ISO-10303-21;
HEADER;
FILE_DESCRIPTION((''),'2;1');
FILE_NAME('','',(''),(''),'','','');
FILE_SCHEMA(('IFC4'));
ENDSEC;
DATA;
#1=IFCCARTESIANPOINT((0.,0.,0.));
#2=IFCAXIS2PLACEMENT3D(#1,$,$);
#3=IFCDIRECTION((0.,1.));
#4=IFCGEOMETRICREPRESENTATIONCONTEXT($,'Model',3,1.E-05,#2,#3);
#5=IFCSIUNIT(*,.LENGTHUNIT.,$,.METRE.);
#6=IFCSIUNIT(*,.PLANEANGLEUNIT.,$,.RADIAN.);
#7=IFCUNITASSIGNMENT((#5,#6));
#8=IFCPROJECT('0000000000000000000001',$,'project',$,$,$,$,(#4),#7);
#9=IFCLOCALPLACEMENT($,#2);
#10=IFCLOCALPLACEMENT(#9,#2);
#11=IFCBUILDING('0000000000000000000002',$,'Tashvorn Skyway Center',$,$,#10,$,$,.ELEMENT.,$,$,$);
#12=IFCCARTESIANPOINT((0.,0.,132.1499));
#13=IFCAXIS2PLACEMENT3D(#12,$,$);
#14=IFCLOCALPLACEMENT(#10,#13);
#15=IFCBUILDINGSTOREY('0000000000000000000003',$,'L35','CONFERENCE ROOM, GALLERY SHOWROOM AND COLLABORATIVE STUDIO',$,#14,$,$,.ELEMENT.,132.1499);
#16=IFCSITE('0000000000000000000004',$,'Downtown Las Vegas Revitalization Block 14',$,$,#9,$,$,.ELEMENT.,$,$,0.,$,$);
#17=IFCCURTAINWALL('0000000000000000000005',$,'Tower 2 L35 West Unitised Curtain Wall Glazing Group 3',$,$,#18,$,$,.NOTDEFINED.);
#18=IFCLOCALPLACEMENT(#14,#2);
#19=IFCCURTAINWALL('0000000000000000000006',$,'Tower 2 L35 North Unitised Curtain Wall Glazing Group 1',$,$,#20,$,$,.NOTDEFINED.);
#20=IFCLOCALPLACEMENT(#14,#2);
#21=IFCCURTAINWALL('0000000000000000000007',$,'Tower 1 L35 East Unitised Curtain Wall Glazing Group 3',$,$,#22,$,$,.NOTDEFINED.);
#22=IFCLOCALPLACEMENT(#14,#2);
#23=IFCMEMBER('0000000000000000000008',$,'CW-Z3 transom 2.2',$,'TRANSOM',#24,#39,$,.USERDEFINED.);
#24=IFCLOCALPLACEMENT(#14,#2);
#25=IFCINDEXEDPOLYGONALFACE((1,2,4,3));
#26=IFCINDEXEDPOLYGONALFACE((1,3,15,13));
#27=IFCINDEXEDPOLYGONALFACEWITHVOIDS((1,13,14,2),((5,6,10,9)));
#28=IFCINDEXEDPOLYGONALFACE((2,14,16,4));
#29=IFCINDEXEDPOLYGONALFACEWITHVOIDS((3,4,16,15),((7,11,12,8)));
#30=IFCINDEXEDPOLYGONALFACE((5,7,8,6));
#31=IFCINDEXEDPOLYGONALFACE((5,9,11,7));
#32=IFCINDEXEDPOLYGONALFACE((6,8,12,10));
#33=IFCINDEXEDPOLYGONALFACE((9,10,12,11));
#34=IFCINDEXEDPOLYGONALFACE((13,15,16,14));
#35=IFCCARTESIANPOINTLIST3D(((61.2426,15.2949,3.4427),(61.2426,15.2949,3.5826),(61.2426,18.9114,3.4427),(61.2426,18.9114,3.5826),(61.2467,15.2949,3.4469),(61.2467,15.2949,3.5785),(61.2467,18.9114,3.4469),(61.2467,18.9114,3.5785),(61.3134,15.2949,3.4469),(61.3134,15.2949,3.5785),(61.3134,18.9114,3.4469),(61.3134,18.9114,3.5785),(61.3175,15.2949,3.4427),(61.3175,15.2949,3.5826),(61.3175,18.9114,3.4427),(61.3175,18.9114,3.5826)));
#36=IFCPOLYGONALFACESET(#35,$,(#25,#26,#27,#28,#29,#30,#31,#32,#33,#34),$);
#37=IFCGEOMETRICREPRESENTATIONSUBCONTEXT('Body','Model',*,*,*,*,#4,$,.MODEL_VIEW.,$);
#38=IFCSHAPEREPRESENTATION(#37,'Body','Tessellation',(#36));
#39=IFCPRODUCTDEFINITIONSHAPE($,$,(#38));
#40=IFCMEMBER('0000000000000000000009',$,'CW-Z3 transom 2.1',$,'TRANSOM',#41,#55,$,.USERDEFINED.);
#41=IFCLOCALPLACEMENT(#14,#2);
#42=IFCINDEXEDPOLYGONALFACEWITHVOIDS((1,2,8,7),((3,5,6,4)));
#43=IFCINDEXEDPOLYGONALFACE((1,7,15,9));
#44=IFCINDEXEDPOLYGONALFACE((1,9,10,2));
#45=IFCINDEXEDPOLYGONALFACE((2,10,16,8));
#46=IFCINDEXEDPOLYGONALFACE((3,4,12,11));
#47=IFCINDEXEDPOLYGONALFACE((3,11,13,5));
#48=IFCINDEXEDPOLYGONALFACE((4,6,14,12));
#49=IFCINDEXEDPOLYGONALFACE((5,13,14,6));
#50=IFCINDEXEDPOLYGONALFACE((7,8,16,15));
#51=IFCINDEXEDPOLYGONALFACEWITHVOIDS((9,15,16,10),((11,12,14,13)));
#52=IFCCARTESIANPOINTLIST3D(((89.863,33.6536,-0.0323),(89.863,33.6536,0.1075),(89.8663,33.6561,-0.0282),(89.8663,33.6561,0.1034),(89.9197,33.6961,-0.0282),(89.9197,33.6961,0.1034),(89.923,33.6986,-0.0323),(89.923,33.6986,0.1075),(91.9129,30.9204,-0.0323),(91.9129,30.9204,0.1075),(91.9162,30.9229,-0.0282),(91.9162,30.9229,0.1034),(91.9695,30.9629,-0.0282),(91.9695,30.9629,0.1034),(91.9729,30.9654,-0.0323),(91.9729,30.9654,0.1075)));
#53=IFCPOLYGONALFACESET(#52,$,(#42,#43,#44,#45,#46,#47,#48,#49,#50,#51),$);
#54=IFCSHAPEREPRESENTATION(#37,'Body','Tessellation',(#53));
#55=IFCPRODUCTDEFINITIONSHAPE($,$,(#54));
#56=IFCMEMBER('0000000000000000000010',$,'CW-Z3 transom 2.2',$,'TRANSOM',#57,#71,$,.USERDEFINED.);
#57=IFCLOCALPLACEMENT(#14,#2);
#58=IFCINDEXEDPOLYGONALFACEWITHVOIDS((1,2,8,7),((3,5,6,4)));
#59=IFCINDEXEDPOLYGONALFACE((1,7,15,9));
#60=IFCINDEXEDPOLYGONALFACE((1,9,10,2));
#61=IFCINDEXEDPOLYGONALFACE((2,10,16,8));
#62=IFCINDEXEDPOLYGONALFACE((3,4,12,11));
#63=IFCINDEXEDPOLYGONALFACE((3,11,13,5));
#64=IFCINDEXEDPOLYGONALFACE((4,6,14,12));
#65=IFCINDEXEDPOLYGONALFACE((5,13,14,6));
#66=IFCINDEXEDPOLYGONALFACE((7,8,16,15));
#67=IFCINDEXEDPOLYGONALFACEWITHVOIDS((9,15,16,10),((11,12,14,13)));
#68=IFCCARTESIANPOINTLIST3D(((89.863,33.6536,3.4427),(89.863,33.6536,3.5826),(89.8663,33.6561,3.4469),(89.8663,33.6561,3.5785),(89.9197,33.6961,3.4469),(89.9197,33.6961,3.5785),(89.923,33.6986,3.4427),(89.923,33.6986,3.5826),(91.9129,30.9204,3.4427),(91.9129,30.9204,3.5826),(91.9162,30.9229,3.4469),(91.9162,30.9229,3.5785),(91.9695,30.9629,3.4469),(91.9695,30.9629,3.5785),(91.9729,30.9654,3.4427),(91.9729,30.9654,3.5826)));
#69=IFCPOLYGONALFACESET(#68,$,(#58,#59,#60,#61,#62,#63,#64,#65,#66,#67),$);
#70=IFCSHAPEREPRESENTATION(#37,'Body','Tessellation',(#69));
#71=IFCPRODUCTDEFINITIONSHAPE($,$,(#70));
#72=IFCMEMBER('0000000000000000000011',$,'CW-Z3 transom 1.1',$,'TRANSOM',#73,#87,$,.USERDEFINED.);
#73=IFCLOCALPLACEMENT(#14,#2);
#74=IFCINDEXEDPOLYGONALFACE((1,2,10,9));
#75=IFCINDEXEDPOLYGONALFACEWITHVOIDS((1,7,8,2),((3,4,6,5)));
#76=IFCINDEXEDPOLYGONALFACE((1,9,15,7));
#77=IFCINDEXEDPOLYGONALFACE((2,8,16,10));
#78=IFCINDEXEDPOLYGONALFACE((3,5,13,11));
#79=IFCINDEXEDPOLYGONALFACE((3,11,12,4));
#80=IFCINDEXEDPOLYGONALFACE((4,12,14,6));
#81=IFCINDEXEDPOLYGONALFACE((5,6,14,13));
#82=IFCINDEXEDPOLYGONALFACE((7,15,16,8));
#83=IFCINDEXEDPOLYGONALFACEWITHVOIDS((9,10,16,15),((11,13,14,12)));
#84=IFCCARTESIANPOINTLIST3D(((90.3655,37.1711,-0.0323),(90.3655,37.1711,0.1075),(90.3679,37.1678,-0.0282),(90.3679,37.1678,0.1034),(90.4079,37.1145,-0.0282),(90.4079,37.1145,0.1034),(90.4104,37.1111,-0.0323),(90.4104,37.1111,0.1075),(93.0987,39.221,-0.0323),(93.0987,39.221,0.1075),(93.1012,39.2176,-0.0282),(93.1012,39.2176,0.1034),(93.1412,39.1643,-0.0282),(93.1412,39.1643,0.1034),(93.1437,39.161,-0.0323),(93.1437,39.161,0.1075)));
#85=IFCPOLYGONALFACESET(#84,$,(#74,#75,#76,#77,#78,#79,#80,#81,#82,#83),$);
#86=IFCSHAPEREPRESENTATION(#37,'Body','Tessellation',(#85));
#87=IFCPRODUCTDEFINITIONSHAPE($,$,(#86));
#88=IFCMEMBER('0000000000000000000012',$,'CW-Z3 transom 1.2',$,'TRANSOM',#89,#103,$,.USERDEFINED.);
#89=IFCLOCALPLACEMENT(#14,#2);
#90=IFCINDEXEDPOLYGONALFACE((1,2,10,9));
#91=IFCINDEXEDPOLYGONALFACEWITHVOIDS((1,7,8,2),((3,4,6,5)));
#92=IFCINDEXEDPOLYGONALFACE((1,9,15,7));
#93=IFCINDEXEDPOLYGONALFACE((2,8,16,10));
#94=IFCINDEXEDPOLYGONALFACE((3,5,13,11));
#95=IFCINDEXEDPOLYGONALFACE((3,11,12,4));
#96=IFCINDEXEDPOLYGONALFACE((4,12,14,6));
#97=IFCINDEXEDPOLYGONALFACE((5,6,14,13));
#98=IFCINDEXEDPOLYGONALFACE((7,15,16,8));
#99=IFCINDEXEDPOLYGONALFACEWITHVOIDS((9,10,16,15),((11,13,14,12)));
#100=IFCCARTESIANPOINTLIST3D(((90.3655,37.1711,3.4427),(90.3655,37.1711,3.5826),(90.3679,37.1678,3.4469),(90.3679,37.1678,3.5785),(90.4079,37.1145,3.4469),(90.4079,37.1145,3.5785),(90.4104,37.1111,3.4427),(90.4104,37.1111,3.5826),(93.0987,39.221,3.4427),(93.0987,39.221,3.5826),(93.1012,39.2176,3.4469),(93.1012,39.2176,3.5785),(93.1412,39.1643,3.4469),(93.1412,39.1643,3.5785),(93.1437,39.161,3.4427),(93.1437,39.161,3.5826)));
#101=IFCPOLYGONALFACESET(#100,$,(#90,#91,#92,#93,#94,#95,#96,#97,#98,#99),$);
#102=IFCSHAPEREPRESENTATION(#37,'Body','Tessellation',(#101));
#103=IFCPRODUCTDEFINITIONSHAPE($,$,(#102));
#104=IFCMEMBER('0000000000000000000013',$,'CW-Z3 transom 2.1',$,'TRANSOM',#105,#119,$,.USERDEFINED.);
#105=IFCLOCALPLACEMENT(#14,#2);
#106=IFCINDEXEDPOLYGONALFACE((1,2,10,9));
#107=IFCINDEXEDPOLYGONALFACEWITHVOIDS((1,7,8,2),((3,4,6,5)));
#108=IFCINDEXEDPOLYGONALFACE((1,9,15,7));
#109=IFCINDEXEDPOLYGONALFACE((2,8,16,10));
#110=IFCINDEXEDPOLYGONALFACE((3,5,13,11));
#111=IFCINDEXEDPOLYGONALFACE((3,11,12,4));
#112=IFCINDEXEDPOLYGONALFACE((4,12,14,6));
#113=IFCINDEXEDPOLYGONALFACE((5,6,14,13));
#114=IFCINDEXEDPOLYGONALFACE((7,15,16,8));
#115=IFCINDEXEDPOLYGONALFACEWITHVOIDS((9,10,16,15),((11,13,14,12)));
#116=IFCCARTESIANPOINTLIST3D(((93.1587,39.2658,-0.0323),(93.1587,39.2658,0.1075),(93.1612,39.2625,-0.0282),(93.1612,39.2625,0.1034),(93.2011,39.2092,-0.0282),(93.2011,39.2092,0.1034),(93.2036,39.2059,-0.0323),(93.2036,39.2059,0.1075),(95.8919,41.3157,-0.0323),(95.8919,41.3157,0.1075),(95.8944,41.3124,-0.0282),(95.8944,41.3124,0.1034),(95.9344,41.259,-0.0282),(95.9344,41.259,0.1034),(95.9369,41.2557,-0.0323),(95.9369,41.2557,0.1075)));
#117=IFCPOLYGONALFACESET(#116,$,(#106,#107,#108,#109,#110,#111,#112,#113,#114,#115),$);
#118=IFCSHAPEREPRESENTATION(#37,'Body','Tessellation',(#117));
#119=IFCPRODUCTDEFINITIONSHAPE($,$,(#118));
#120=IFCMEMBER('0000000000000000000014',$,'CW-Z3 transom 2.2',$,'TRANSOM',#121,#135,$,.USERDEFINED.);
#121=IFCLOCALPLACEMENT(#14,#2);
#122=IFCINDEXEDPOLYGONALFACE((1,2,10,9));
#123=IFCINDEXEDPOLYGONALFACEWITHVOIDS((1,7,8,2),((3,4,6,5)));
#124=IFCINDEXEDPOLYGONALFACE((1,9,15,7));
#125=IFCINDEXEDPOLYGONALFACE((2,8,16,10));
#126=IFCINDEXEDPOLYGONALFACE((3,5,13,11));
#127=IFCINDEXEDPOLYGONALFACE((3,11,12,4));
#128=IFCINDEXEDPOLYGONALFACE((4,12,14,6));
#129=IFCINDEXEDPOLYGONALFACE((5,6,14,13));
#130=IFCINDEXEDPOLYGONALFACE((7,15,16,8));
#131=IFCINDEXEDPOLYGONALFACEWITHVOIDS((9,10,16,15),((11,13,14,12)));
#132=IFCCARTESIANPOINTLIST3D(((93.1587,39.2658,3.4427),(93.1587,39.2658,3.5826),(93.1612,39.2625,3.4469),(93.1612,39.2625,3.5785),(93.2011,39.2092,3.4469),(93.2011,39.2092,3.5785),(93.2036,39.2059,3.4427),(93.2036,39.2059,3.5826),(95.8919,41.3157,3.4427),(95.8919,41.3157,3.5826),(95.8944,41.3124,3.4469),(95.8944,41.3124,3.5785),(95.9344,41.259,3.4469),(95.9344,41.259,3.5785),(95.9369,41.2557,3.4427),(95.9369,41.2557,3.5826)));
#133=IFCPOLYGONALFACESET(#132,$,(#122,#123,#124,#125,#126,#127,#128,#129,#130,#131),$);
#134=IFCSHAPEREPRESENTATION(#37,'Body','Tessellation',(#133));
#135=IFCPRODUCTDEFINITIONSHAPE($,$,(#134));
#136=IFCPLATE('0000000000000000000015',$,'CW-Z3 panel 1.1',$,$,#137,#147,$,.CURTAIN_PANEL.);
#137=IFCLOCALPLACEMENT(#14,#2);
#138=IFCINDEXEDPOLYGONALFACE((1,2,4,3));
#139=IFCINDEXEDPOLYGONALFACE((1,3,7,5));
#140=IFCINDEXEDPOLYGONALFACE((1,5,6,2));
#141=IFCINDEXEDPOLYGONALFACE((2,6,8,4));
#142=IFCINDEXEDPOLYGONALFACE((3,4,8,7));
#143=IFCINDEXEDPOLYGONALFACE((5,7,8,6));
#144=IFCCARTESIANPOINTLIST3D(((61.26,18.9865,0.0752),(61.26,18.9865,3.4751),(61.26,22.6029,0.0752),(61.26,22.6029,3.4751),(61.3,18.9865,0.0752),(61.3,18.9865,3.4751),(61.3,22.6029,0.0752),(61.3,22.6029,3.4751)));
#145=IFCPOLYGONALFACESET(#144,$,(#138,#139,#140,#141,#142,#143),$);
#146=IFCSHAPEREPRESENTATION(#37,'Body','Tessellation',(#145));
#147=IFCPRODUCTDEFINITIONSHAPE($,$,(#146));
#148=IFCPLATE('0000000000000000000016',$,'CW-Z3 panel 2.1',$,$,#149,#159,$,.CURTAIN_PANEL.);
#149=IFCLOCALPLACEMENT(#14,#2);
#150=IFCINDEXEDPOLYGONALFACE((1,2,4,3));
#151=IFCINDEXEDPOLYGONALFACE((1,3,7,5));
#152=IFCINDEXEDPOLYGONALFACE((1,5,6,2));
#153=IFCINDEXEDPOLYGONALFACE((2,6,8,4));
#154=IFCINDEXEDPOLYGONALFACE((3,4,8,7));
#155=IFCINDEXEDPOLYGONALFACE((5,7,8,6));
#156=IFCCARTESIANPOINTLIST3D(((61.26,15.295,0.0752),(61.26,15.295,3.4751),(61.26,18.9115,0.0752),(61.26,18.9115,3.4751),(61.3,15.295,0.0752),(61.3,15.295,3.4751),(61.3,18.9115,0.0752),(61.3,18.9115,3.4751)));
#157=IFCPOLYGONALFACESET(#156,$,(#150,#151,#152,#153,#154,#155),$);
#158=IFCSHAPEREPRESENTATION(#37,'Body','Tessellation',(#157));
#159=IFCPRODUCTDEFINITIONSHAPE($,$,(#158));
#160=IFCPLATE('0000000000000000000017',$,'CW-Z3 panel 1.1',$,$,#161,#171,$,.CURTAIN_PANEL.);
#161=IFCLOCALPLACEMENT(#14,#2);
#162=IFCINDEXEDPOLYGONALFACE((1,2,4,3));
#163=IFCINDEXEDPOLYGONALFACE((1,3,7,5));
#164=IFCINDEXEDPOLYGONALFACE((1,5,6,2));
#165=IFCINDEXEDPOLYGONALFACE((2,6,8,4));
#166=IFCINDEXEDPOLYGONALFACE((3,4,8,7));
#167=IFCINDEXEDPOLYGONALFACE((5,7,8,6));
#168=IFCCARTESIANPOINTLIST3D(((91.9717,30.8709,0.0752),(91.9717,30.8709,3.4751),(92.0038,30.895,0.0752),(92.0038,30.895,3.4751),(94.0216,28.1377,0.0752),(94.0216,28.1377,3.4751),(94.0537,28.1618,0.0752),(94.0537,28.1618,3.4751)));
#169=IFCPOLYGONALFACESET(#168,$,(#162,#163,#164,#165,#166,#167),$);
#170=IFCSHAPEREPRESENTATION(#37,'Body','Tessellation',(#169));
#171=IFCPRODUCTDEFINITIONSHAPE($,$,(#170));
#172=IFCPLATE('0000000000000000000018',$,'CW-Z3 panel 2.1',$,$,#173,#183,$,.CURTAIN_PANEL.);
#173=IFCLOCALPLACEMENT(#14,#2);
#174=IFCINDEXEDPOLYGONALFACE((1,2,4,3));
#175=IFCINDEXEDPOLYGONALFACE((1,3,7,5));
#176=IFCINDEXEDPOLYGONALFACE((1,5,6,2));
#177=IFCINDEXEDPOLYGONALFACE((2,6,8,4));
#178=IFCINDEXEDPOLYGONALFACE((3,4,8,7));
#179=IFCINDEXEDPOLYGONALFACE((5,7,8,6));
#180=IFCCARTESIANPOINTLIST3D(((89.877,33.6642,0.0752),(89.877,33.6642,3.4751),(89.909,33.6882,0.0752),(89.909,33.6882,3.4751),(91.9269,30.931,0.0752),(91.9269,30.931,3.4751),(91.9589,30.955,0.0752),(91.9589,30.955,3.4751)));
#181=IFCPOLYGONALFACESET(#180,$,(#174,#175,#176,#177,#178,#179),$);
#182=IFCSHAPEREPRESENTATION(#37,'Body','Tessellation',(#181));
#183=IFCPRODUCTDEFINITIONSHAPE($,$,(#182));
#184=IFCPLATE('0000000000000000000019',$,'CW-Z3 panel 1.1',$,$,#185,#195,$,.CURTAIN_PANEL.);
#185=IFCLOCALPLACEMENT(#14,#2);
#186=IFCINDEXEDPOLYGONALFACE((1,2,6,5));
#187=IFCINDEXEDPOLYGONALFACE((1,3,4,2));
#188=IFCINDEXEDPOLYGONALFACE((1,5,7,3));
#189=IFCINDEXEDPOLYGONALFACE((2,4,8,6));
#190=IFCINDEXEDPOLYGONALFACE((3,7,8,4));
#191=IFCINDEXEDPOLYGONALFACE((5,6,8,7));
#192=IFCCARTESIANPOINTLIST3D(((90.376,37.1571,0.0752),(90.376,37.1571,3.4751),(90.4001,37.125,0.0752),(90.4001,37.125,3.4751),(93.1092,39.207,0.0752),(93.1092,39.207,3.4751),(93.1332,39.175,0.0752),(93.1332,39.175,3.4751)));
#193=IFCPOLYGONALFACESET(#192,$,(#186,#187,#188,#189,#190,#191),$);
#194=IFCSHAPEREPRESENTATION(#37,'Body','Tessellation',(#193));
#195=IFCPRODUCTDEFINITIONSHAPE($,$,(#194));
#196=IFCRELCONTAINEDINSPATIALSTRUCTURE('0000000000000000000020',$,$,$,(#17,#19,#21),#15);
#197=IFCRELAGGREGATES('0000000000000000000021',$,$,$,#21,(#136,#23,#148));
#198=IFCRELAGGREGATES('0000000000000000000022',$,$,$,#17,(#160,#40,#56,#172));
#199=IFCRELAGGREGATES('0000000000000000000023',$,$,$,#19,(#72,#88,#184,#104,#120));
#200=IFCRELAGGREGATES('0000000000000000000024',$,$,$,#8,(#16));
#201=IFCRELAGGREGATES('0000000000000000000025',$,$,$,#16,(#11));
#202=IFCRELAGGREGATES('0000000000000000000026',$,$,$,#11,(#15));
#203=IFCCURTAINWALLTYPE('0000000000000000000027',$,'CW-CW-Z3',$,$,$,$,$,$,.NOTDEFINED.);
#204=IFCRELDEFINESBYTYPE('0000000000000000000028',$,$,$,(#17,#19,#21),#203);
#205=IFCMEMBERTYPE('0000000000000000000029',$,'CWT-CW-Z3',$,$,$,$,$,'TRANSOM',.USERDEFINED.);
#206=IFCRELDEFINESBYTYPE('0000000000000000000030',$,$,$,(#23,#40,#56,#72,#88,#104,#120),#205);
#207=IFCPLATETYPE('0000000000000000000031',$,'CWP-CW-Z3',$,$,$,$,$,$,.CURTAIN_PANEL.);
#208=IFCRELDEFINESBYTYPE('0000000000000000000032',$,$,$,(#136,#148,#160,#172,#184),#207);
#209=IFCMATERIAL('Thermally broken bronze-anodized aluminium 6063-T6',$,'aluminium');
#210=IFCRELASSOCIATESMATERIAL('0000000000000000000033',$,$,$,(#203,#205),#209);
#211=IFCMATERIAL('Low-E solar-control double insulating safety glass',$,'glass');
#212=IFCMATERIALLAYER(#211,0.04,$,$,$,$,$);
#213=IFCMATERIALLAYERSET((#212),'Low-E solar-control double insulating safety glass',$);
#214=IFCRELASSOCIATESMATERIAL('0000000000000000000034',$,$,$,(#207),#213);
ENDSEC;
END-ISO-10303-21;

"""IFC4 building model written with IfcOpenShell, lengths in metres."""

from ifc_helpers import new_model, si_unit, direction, frame, origin, origin_2d, place, context, subcontext, project, spatial, rectangle, hollow_rectangle, extrude, material, layer, layer_set, material_profile, profile_set, type_object, element, aggregate, save


model = new_model("IFC4")

# Units and contexts
model_context = context("Model", 3, precision=1e-05, world=origin(), true_north=direction((0.0, 1.0)))
body_context = subcontext(model_context, "Body", "Model", "MODEL_VIEW")
ifc_project = project(units=[si_unit("LENGTHUNIT", "METRE"), si_unit("PLANEANGLEUNIT", "RADIAN")], contexts=[model_context])

# Site, building, storey
site_placement = place(None, origin())
site = spatial("IfcSite", under=ifc_project, at=site_placement, Name="Downtown Las Vegas Revitalization Block 14", CompositionType="ELEMENT", RefElevation=0.0)
building_placement = place(site_placement, origin())
building = spatial("IfcBuilding", under=site, at=building_placement, Name="Tashvorn Skyway Center", CompositionType="ELEMENT")
storey_placement = place(building_placement, frame((0.0, 0.0, 132.1499)))
storey = spatial("IfcBuildingStorey", under=building, at=storey_placement, Name="L35", Description="CONFERENCE ROOM, GALLERY SHOWROOM AND COLLABORATIVE STUDIO", CompositionType="ELEMENT", Elevation=132.1499)

# Curtain walls, member
ifc_material_1 = material(Name="Thermally broken bronze-anodized aluminium 6063-T6", Category="aluminium")
curtain_wall_type = type_object("IfcCurtainWallType", Name="CW-CW-Z3", PredefinedType="NOTDEFINED", material=ifc_material_1)
curtain_wall_1_placement = place(storey_placement, origin())
curtain_wall_1 = element("IfcCurtainWall", 1, at=curtain_wall_1_placement, inside=storey, type_object=curtain_wall_type, Name="Tower 2 L35 West Unitised Curtain Wall Glazing Group 3", PredefinedType="NOTDEFINED")
curtain_wall_2_placement = place(storey_placement, origin())
curtain_wall_2 = element("IfcCurtainWall", 2, at=curtain_wall_2_placement, inside=storey, type_object=curtain_wall_type, Name="Tower 2 L35 North Unitised Curtain Wall Glazing Group 1", PredefinedType="NOTDEFINED")
curtain_wall_3_placement = place(storey_placement, origin())
curtain_wall_3 = element("IfcCurtainWall", 3, at=curtain_wall_3_placement, inside=storey, type_object=curtain_wall_type, Name="Tower 1 L35 East Unitised Curtain Wall Glazing Group 3", PredefinedType="NOTDEFINED")
ifc_material_profile_1 = material_profile(ifc_material_1, hollow_rectangle(XDim=0.075, YDim=0.1399, WallThickness=0.0042, at=origin_2d()), Name="ALU-TRAN-75x140")
ifc_profile_set_1 = profile_set([ifc_material_profile_1], Name="Thermally broken bronze-anodized aluminium 6063-T6")
member_type_1 = type_object("IfcMemberType", Name="CWT-CW-Z3", ElementType="TRANSOM", PredefinedType="USERDEFINED", material=ifc_profile_set_1)
member_1_placement = place(storey_placement, frame((61.28, 18.9114, 3.5127), z_axis=(0.0, -1.0, 0.0), x_axis=(1.0, 0.0, 0.0)))
member_1 = element("IfcMember", 4, at=member_1_placement, type_object=member_type_1, Name="CW-Z3 transom 2.2", ObjectType="TRANSOM", PredefinedType="USERDEFINED", context=body_context, shape_type="SweptSolid", body=[
    extrude(hollow_rectangle(XDim=0.075, YDim=0.1399, WallThickness=0.0042, at=origin_2d()), origin(), (0.0, 0.0, 1.0), 3.6165),
])

# Members
member_2_placement = place(storey_placement, frame((91.9429, 30.9429, 0.0376), z_axis=(-0.599989, 0.800009, 0.0), x_axis=(-0.800009, -0.599989, 0.0)))
member_2 = element("IfcMember", 5, at=member_2_placement, type_object=member_type_1, Name="CW-Z3 transom 2.1", ObjectType="TRANSOM", PredefinedType="USERDEFINED", context=body_context, shape_type="SweptSolid", body=[
    extrude(hollow_rectangle(XDim=0.075, YDim=0.1399, WallThickness=0.0042, at=origin_2d()), origin(), (0.0, 0.0, 1.0), 3.4165),
])
member_3_placement = place(storey_placement, frame((91.9429, 30.9429, 3.5127), z_axis=(-0.599989, 0.800009, 0.0), x_axis=(-0.800009, -0.599989, 0.0)))
member_3 = element("IfcMember", 6, at=member_3_placement, type_object=member_type_1, Name="CW-Z3 transom 2.2", ObjectType="TRANSOM", PredefinedType="USERDEFINED", context=body_context, shape_type="SweptSolid", body=[
    extrude(hollow_rectangle(XDim=0.075, YDim=0.1399, WallThickness=0.0042, at=origin_2d()), origin(), (0.0, 0.0, 1.0), 3.4165),
])
member_4_placement = place(storey_placement, frame((90.3879, 37.1411, 0.0376), z_axis=(0.800009, 0.599989, 0.0), x_axis=(-0.599989, 0.800009, 0.0)))
member_4 = element("IfcMember", 7, at=member_4_placement, type_object=member_type_1, Name="CW-Z3 transom 1.1", ObjectType="TRANSOM", PredefinedType="USERDEFINED", context=body_context, shape_type="SweptSolid", body=[
    extrude(hollow_rectangle(XDim=0.075, YDim=0.1399, WallThickness=0.0042, at=origin_2d()), origin(), (0.0, 0.0, 1.0), 3.4165),
])
member_5_placement = place(storey_placement, frame((90.3879, 37.1411, 3.5127), z_axis=(0.800009, 0.599989, 0.0), x_axis=(-0.599989, 0.800009, 0.0)))
member_5 = element("IfcMember", 8, at=member_5_placement, type_object=member_type_1, Name="CW-Z3 transom 1.2", ObjectType="TRANSOM", PredefinedType="USERDEFINED", context=body_context, shape_type="SweptSolid", body=[
    extrude(hollow_rectangle(XDim=0.075, YDim=0.1399, WallThickness=0.0042, at=origin_2d()), origin(), (0.0, 0.0, 1.0), 3.4165),
])
member_6_placement = place(storey_placement, frame((93.1812, 39.2358, 0.0376), z_axis=(0.800009, 0.599989, 0.0), x_axis=(-0.599989, 0.800009, 0.0)))
member_6 = element("IfcMember", 9, at=member_6_placement, type_object=member_type_1, Name="CW-Z3 transom 2.1", ObjectType="TRANSOM", PredefinedType="USERDEFINED", context=body_context, shape_type="SweptSolid", body=[
    extrude(hollow_rectangle(XDim=0.075, YDim=0.1399, WallThickness=0.0042, at=origin_2d()), origin(), (0.0, 0.0, 1.0), 3.4165),
])
member_7_placement = place(storey_placement, frame((93.1812, 39.2358, 3.5127), z_axis=(0.800009, 0.599989, 0.0), x_axis=(-0.599989, 0.800009, 0.0)))
member_7 = element("IfcMember", 10, at=member_7_placement, type_object=member_type_1, Name="CW-Z3 transom 2.2", ObjectType="TRANSOM", PredefinedType="USERDEFINED", context=body_context, shape_type="SweptSolid", body=[
    extrude(hollow_rectangle(XDim=0.075, YDim=0.1399, WallThickness=0.0042, at=origin_2d()), origin(), (0.0, 0.0, 1.0), 3.4165),
])

# Plates
ifc_material_2 = material(Name="Low-E solar-control double insulating safety glass", Category="glass")
ifc_layer_1 = layer(ifc_material_2, 0.04)
ifc_layer_set_1 = layer_set([ifc_layer_1], Name="Low-E solar-control double insulating safety glass")
plate_type = type_object("IfcPlateType", Name="CWP-CW-Z3", PredefinedType="CURTAIN_PANEL", material=ifc_layer_set_1)
plate_1_placement = place(storey_placement, frame((61.28, 20.7947, 0.0752), z_axis=(0.0, 0.0, 1.0), x_axis=(0.0, -1.0, 0.0)))
plate_1 = element("IfcPlate", 11, at=plate_1_placement, type_object=plate_type, Name="CW-Z3 panel 1.1", PredefinedType="CURTAIN_PANEL", context=body_context, shape_type="SweptSolid", body=[
    extrude(rectangle(XDim=3.6165, YDim=0.04, at=origin_2d()), origin(), (0.0, 0.0, 1.0), 3.3999),
])
plate_2_placement = place(storey_placement, frame((61.28, 17.1033, 0.0752), z_axis=(0.0, 0.0, 1.0), x_axis=(0.0, -1.0, 0.0)))
plate_2 = element("IfcPlate", 12, at=plate_2_placement, type_object=plate_type, Name="CW-Z3 panel 2.1", PredefinedType="CURTAIN_PANEL", context=body_context, shape_type="SweptSolid", body=[
    extrude(rectangle(XDim=3.6165, YDim=0.04, at=origin_2d()), origin(), (0.0, 0.0, 1.0), 3.3999),
])
aggregate(curtain_wall_3, [plate_1, member_1, plate_2])
plate_3_placement = place(storey_placement, frame((93.0127, 29.5164, 0.0752), z_axis=(0.0, 0.0, 1.0), x_axis=(-0.600005, 0.799997, 0.0)))
plate_3 = element("IfcPlate", 13, at=plate_3_placement, type_object=plate_type, Name="CW-Z3 panel 1.1", PredefinedType="CURTAIN_PANEL", context=body_context, shape_type="SweptSolid", body=[
    extrude(rectangle(XDim=3.4165, YDim=0.04, at=origin_2d()), origin(), (0.0, 0.0, 1.0), 3.3999),
])
plate_4_placement = place(storey_placement, frame((90.918, 32.3096, 0.0752), z_axis=(0.0, 0.0, 1.0), x_axis=(-0.600005, 0.799997, 0.0)))
plate_4 = element("IfcPlate", 14, at=plate_4_placement, type_object=plate_type, Name="CW-Z3 panel 2.1", PredefinedType="CURTAIN_PANEL", context=body_context, shape_type="SweptSolid", body=[
    extrude(rectangle(XDim=3.4165, YDim=0.04, at=origin_2d()), origin(), (0.0, 0.0, 1.0), 3.3999),
])
aggregate(curtain_wall_1, [plate_3, member_2, member_3, plate_4])
plate_5_placement = place(storey_placement, frame((91.7546, 38.166, 0.0752), z_axis=(0.0, 0.0, 1.0), x_axis=(0.799997, 0.600005, 0.0)))
plate_5 = element("IfcPlate", 15, at=plate_5_placement, type_object=plate_type, Name="CW-Z3 panel 1.1", PredefinedType="CURTAIN_PANEL", context=body_context, shape_type="SweptSolid", body=[
    extrude(rectangle(XDim=3.4165, YDim=0.04, at=origin_2d()), origin(), (0.0, 0.0, 1.0), 3.3999),
])
aggregate(curtain_wall_2, [member_4, member_5, plate_5, member_6, member_7])

save(model, "model.ifc")
